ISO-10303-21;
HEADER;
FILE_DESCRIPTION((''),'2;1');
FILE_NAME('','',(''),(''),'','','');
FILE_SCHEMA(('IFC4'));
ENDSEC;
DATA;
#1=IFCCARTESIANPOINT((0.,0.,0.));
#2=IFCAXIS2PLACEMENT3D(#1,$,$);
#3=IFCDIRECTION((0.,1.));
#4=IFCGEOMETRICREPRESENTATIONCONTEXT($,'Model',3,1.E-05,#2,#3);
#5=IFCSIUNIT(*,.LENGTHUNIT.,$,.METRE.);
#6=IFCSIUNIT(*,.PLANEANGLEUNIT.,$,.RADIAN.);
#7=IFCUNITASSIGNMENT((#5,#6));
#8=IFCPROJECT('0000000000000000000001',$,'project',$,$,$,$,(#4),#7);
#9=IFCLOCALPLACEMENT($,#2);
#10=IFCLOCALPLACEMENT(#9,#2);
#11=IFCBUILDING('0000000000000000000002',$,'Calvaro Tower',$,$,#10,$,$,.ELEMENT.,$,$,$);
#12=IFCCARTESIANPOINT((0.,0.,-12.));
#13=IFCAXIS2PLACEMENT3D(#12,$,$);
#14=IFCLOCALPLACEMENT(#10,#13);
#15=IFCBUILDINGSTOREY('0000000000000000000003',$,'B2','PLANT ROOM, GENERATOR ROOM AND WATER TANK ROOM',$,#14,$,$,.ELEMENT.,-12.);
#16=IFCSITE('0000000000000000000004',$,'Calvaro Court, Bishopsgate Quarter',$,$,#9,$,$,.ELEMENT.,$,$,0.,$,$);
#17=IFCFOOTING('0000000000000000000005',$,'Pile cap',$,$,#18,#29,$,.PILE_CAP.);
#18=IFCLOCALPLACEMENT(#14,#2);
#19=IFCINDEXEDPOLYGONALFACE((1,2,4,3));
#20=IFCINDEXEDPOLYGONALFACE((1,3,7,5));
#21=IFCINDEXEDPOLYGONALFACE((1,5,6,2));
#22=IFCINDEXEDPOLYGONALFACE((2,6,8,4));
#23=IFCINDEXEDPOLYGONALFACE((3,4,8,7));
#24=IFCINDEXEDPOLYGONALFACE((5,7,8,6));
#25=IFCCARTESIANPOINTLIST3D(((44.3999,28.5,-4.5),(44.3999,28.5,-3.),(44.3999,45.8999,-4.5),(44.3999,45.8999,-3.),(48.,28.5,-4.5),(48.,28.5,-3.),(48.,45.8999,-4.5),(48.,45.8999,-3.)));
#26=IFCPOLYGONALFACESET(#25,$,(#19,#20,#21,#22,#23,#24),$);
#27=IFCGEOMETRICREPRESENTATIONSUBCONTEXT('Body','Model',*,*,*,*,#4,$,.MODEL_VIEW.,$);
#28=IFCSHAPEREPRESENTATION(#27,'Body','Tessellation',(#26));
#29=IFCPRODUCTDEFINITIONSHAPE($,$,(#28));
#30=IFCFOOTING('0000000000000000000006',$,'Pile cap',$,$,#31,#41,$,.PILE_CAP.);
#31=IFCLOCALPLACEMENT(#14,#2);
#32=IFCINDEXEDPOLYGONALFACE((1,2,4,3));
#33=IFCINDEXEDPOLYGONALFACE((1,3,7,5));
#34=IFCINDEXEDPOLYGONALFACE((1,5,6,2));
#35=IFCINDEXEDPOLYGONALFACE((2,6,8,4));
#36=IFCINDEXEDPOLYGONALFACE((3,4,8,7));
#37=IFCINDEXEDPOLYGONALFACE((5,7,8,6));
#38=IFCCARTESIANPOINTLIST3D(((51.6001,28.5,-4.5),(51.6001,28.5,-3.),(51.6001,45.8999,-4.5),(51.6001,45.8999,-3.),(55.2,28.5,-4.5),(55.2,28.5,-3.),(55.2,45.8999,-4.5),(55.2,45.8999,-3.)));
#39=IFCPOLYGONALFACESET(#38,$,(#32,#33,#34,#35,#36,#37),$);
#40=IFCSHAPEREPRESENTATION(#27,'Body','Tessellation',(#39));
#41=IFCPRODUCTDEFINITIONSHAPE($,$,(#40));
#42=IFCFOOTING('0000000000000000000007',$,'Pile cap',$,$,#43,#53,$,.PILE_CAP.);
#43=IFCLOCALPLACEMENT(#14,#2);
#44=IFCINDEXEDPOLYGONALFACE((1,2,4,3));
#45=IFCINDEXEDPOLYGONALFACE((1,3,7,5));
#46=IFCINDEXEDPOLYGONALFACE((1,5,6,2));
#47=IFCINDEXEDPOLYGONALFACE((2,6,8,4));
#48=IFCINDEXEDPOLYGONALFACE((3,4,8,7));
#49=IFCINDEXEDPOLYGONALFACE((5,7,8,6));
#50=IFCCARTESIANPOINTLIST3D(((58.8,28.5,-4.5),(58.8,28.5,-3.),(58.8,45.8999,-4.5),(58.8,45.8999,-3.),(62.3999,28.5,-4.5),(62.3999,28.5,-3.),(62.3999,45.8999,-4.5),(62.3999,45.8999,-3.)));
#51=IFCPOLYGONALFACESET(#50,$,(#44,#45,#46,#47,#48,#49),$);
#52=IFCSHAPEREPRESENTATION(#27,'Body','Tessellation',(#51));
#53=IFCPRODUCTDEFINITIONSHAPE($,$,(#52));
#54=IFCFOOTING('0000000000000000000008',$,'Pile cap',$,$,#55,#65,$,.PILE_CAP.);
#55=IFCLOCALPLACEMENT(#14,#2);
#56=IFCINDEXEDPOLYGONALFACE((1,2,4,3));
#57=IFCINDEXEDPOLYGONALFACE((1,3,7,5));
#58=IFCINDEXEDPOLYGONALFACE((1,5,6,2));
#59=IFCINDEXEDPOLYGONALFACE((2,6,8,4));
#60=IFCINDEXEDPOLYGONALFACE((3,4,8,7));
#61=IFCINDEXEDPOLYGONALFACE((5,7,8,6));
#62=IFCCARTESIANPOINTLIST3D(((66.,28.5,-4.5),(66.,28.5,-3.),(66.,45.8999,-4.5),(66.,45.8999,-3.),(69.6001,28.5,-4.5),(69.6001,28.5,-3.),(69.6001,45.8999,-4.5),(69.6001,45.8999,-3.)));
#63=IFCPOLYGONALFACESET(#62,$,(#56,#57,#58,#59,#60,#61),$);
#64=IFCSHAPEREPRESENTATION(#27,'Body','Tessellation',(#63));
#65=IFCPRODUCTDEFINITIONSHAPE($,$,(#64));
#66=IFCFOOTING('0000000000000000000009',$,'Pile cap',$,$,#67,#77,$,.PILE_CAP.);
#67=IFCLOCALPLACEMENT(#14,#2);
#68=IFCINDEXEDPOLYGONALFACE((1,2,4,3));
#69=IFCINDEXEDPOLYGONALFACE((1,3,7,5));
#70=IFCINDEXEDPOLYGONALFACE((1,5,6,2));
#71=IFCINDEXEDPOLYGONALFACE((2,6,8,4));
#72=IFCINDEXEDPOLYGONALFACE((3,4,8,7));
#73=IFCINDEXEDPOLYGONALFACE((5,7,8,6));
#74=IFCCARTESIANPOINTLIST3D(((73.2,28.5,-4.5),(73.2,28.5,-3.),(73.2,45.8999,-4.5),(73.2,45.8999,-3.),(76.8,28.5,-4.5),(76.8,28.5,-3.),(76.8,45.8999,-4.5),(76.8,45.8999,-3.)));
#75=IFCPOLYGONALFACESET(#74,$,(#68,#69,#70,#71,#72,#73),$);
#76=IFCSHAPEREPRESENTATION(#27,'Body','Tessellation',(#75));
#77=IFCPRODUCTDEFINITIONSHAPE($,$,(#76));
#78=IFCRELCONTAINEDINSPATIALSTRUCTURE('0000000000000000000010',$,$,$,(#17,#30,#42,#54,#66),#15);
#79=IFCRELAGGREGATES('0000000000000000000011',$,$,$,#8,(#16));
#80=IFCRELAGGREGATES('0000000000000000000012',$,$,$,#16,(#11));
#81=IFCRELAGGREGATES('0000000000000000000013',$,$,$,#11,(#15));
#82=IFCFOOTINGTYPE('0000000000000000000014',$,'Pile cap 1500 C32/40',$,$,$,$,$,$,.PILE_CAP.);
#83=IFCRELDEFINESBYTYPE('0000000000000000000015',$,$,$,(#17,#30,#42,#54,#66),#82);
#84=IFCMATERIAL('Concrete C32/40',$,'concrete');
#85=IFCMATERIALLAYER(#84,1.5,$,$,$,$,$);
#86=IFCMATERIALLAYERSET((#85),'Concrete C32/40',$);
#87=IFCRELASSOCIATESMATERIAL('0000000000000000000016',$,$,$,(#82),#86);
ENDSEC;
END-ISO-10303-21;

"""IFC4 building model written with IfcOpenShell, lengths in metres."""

from ifc_helpers import new_model, si_unit, direction, frame, origin, place, context, subcontext, project, spatial, polyline, outline, extrude, material, layer, layer_set, type_object, element, save


model = new_model("IFC4")

# Units and contexts
model_context = context("Model", 3, precision=1e-05, world=origin(), true_north=direction((0.0, 1.0)))
body_context = subcontext(model_context, "Body", "Model", "MODEL_VIEW")
ifc_project = project(units=[si_unit("LENGTHUNIT", "METRE"), si_unit("PLANEANGLEUNIT", "RADIAN")], contexts=[model_context])

# Site, building, storey
site_placement = place(None, origin())
site = spatial("IfcSite", under=ifc_project, at=site_placement, Name="Calvaro Court, Bishopsgate Quarter", CompositionType="ELEMENT", RefElevation=0.0)
building_placement = place(site_placement, origin())
building = spatial("IfcBuilding", under=site, at=building_placement, Name="Calvaro Tower", CompositionType="ELEMENT")
storey_placement = place(building_placement, frame((0.0, 0.0, -12.0)))
storey = spatial("IfcBuildingStorey", under=building, at=storey_placement, Name="B2", Description="PLANT ROOM, GENERATOR ROOM AND WATER TANK ROOM", CompositionType="ELEMENT", Elevation=-12.0)

# Footings
ifc_material_1 = material(Name="Concrete C32/40", Category="concrete")
ifc_layer_1 = layer(ifc_material_1, 1.5)
ifc_layer_set_1 = layer_set([ifc_layer_1], Name="Concrete C32/40")
footing_type_1 = type_object("IfcFootingType", Name="Pile cap 1500 C32/40", PredefinedType="PILE_CAP", material=ifc_layer_set_1)
footing_1_placement = place(storey_placement, frame((0.0, 0.0, -4.5)))
element("IfcFooting", 1, at=footing_1_placement, inside=storey, type_object=footing_type_1, Name="Pile cap", PredefinedType="PILE_CAP", context=body_context, shape_type="SweptSolid", body=[
    extrude(outline(polyline([(44.3999, 28.5), (48.0, 28.5), (48.0, 45.8999), (44.3999, 45.8999), (44.3999, 28.5)])), origin(), (0.0, 0.0, 1.0), 1.5),
])
footing_2_placement = place(storey_placement, frame((0.0, 0.0, -4.5)))
element("IfcFooting", 2, at=footing_2_placement, inside=storey, type_object=footing_type_1, Name="Pile cap", PredefinedType="PILE_CAP", context=body_context, shape_type="SweptSolid", body=[
    extrude(outline(polyline([(51.6001, 28.5), (55.2, 28.5), (55.2, 45.8999), (51.6001, 45.8999), (51.6001, 28.5)])), origin(), (0.0, 0.0, 1.0), 1.5),
])
footing_3_placement = place(storey_placement, frame((0.0, 0.0, -4.5)))
element("IfcFooting", 3, at=footing_3_placement, inside=storey, type_object=footing_type_1, Name="Pile cap", PredefinedType="PILE_CAP", context=body_context, shape_type="SweptSolid", body=[
    extrude(outline(polyline([(58.8, 28.5), (62.3999, 28.5), (62.3999, 45.8999), (58.8, 45.8999), (58.8, 28.5)])), origin(), (0.0, 0.0, 1.0), 1.5),
])
footing_4_placement = place(storey_placement, frame((0.0, 0.0, -4.5)))
element("IfcFooting", 4, at=footing_4_placement, inside=storey, type_object=footing_type_1, Name="Pile cap", PredefinedType="PILE_CAP", context=body_context, shape_type="SweptSolid", body=[
    extrude(outline(polyline([(66.0, 28.5), (69.6001, 28.5), (69.6001, 45.8999), (66.0, 45.8999), (66.0, 28.5)])), origin(), (0.0, 0.0, 1.0), 1.5),
])
footing_5_placement = place(storey_placement, frame((0.0, 0.0, -4.5)))
element("IfcFooting", 5, at=footing_5_placement, inside=storey, type_object=footing_type_1, Name="Pile cap", PredefinedType="PILE_CAP", context=body_context, shape_type="SweptSolid", body=[
    extrude(outline(polyline([(73.2, 28.5), (76.8, 28.5), (76.8, 45.8999), (73.2, 45.8999), (73.2, 28.5)])), origin(), (0.0, 0.0, 1.0), 1.5),
])

save(model, "model.ifc")
